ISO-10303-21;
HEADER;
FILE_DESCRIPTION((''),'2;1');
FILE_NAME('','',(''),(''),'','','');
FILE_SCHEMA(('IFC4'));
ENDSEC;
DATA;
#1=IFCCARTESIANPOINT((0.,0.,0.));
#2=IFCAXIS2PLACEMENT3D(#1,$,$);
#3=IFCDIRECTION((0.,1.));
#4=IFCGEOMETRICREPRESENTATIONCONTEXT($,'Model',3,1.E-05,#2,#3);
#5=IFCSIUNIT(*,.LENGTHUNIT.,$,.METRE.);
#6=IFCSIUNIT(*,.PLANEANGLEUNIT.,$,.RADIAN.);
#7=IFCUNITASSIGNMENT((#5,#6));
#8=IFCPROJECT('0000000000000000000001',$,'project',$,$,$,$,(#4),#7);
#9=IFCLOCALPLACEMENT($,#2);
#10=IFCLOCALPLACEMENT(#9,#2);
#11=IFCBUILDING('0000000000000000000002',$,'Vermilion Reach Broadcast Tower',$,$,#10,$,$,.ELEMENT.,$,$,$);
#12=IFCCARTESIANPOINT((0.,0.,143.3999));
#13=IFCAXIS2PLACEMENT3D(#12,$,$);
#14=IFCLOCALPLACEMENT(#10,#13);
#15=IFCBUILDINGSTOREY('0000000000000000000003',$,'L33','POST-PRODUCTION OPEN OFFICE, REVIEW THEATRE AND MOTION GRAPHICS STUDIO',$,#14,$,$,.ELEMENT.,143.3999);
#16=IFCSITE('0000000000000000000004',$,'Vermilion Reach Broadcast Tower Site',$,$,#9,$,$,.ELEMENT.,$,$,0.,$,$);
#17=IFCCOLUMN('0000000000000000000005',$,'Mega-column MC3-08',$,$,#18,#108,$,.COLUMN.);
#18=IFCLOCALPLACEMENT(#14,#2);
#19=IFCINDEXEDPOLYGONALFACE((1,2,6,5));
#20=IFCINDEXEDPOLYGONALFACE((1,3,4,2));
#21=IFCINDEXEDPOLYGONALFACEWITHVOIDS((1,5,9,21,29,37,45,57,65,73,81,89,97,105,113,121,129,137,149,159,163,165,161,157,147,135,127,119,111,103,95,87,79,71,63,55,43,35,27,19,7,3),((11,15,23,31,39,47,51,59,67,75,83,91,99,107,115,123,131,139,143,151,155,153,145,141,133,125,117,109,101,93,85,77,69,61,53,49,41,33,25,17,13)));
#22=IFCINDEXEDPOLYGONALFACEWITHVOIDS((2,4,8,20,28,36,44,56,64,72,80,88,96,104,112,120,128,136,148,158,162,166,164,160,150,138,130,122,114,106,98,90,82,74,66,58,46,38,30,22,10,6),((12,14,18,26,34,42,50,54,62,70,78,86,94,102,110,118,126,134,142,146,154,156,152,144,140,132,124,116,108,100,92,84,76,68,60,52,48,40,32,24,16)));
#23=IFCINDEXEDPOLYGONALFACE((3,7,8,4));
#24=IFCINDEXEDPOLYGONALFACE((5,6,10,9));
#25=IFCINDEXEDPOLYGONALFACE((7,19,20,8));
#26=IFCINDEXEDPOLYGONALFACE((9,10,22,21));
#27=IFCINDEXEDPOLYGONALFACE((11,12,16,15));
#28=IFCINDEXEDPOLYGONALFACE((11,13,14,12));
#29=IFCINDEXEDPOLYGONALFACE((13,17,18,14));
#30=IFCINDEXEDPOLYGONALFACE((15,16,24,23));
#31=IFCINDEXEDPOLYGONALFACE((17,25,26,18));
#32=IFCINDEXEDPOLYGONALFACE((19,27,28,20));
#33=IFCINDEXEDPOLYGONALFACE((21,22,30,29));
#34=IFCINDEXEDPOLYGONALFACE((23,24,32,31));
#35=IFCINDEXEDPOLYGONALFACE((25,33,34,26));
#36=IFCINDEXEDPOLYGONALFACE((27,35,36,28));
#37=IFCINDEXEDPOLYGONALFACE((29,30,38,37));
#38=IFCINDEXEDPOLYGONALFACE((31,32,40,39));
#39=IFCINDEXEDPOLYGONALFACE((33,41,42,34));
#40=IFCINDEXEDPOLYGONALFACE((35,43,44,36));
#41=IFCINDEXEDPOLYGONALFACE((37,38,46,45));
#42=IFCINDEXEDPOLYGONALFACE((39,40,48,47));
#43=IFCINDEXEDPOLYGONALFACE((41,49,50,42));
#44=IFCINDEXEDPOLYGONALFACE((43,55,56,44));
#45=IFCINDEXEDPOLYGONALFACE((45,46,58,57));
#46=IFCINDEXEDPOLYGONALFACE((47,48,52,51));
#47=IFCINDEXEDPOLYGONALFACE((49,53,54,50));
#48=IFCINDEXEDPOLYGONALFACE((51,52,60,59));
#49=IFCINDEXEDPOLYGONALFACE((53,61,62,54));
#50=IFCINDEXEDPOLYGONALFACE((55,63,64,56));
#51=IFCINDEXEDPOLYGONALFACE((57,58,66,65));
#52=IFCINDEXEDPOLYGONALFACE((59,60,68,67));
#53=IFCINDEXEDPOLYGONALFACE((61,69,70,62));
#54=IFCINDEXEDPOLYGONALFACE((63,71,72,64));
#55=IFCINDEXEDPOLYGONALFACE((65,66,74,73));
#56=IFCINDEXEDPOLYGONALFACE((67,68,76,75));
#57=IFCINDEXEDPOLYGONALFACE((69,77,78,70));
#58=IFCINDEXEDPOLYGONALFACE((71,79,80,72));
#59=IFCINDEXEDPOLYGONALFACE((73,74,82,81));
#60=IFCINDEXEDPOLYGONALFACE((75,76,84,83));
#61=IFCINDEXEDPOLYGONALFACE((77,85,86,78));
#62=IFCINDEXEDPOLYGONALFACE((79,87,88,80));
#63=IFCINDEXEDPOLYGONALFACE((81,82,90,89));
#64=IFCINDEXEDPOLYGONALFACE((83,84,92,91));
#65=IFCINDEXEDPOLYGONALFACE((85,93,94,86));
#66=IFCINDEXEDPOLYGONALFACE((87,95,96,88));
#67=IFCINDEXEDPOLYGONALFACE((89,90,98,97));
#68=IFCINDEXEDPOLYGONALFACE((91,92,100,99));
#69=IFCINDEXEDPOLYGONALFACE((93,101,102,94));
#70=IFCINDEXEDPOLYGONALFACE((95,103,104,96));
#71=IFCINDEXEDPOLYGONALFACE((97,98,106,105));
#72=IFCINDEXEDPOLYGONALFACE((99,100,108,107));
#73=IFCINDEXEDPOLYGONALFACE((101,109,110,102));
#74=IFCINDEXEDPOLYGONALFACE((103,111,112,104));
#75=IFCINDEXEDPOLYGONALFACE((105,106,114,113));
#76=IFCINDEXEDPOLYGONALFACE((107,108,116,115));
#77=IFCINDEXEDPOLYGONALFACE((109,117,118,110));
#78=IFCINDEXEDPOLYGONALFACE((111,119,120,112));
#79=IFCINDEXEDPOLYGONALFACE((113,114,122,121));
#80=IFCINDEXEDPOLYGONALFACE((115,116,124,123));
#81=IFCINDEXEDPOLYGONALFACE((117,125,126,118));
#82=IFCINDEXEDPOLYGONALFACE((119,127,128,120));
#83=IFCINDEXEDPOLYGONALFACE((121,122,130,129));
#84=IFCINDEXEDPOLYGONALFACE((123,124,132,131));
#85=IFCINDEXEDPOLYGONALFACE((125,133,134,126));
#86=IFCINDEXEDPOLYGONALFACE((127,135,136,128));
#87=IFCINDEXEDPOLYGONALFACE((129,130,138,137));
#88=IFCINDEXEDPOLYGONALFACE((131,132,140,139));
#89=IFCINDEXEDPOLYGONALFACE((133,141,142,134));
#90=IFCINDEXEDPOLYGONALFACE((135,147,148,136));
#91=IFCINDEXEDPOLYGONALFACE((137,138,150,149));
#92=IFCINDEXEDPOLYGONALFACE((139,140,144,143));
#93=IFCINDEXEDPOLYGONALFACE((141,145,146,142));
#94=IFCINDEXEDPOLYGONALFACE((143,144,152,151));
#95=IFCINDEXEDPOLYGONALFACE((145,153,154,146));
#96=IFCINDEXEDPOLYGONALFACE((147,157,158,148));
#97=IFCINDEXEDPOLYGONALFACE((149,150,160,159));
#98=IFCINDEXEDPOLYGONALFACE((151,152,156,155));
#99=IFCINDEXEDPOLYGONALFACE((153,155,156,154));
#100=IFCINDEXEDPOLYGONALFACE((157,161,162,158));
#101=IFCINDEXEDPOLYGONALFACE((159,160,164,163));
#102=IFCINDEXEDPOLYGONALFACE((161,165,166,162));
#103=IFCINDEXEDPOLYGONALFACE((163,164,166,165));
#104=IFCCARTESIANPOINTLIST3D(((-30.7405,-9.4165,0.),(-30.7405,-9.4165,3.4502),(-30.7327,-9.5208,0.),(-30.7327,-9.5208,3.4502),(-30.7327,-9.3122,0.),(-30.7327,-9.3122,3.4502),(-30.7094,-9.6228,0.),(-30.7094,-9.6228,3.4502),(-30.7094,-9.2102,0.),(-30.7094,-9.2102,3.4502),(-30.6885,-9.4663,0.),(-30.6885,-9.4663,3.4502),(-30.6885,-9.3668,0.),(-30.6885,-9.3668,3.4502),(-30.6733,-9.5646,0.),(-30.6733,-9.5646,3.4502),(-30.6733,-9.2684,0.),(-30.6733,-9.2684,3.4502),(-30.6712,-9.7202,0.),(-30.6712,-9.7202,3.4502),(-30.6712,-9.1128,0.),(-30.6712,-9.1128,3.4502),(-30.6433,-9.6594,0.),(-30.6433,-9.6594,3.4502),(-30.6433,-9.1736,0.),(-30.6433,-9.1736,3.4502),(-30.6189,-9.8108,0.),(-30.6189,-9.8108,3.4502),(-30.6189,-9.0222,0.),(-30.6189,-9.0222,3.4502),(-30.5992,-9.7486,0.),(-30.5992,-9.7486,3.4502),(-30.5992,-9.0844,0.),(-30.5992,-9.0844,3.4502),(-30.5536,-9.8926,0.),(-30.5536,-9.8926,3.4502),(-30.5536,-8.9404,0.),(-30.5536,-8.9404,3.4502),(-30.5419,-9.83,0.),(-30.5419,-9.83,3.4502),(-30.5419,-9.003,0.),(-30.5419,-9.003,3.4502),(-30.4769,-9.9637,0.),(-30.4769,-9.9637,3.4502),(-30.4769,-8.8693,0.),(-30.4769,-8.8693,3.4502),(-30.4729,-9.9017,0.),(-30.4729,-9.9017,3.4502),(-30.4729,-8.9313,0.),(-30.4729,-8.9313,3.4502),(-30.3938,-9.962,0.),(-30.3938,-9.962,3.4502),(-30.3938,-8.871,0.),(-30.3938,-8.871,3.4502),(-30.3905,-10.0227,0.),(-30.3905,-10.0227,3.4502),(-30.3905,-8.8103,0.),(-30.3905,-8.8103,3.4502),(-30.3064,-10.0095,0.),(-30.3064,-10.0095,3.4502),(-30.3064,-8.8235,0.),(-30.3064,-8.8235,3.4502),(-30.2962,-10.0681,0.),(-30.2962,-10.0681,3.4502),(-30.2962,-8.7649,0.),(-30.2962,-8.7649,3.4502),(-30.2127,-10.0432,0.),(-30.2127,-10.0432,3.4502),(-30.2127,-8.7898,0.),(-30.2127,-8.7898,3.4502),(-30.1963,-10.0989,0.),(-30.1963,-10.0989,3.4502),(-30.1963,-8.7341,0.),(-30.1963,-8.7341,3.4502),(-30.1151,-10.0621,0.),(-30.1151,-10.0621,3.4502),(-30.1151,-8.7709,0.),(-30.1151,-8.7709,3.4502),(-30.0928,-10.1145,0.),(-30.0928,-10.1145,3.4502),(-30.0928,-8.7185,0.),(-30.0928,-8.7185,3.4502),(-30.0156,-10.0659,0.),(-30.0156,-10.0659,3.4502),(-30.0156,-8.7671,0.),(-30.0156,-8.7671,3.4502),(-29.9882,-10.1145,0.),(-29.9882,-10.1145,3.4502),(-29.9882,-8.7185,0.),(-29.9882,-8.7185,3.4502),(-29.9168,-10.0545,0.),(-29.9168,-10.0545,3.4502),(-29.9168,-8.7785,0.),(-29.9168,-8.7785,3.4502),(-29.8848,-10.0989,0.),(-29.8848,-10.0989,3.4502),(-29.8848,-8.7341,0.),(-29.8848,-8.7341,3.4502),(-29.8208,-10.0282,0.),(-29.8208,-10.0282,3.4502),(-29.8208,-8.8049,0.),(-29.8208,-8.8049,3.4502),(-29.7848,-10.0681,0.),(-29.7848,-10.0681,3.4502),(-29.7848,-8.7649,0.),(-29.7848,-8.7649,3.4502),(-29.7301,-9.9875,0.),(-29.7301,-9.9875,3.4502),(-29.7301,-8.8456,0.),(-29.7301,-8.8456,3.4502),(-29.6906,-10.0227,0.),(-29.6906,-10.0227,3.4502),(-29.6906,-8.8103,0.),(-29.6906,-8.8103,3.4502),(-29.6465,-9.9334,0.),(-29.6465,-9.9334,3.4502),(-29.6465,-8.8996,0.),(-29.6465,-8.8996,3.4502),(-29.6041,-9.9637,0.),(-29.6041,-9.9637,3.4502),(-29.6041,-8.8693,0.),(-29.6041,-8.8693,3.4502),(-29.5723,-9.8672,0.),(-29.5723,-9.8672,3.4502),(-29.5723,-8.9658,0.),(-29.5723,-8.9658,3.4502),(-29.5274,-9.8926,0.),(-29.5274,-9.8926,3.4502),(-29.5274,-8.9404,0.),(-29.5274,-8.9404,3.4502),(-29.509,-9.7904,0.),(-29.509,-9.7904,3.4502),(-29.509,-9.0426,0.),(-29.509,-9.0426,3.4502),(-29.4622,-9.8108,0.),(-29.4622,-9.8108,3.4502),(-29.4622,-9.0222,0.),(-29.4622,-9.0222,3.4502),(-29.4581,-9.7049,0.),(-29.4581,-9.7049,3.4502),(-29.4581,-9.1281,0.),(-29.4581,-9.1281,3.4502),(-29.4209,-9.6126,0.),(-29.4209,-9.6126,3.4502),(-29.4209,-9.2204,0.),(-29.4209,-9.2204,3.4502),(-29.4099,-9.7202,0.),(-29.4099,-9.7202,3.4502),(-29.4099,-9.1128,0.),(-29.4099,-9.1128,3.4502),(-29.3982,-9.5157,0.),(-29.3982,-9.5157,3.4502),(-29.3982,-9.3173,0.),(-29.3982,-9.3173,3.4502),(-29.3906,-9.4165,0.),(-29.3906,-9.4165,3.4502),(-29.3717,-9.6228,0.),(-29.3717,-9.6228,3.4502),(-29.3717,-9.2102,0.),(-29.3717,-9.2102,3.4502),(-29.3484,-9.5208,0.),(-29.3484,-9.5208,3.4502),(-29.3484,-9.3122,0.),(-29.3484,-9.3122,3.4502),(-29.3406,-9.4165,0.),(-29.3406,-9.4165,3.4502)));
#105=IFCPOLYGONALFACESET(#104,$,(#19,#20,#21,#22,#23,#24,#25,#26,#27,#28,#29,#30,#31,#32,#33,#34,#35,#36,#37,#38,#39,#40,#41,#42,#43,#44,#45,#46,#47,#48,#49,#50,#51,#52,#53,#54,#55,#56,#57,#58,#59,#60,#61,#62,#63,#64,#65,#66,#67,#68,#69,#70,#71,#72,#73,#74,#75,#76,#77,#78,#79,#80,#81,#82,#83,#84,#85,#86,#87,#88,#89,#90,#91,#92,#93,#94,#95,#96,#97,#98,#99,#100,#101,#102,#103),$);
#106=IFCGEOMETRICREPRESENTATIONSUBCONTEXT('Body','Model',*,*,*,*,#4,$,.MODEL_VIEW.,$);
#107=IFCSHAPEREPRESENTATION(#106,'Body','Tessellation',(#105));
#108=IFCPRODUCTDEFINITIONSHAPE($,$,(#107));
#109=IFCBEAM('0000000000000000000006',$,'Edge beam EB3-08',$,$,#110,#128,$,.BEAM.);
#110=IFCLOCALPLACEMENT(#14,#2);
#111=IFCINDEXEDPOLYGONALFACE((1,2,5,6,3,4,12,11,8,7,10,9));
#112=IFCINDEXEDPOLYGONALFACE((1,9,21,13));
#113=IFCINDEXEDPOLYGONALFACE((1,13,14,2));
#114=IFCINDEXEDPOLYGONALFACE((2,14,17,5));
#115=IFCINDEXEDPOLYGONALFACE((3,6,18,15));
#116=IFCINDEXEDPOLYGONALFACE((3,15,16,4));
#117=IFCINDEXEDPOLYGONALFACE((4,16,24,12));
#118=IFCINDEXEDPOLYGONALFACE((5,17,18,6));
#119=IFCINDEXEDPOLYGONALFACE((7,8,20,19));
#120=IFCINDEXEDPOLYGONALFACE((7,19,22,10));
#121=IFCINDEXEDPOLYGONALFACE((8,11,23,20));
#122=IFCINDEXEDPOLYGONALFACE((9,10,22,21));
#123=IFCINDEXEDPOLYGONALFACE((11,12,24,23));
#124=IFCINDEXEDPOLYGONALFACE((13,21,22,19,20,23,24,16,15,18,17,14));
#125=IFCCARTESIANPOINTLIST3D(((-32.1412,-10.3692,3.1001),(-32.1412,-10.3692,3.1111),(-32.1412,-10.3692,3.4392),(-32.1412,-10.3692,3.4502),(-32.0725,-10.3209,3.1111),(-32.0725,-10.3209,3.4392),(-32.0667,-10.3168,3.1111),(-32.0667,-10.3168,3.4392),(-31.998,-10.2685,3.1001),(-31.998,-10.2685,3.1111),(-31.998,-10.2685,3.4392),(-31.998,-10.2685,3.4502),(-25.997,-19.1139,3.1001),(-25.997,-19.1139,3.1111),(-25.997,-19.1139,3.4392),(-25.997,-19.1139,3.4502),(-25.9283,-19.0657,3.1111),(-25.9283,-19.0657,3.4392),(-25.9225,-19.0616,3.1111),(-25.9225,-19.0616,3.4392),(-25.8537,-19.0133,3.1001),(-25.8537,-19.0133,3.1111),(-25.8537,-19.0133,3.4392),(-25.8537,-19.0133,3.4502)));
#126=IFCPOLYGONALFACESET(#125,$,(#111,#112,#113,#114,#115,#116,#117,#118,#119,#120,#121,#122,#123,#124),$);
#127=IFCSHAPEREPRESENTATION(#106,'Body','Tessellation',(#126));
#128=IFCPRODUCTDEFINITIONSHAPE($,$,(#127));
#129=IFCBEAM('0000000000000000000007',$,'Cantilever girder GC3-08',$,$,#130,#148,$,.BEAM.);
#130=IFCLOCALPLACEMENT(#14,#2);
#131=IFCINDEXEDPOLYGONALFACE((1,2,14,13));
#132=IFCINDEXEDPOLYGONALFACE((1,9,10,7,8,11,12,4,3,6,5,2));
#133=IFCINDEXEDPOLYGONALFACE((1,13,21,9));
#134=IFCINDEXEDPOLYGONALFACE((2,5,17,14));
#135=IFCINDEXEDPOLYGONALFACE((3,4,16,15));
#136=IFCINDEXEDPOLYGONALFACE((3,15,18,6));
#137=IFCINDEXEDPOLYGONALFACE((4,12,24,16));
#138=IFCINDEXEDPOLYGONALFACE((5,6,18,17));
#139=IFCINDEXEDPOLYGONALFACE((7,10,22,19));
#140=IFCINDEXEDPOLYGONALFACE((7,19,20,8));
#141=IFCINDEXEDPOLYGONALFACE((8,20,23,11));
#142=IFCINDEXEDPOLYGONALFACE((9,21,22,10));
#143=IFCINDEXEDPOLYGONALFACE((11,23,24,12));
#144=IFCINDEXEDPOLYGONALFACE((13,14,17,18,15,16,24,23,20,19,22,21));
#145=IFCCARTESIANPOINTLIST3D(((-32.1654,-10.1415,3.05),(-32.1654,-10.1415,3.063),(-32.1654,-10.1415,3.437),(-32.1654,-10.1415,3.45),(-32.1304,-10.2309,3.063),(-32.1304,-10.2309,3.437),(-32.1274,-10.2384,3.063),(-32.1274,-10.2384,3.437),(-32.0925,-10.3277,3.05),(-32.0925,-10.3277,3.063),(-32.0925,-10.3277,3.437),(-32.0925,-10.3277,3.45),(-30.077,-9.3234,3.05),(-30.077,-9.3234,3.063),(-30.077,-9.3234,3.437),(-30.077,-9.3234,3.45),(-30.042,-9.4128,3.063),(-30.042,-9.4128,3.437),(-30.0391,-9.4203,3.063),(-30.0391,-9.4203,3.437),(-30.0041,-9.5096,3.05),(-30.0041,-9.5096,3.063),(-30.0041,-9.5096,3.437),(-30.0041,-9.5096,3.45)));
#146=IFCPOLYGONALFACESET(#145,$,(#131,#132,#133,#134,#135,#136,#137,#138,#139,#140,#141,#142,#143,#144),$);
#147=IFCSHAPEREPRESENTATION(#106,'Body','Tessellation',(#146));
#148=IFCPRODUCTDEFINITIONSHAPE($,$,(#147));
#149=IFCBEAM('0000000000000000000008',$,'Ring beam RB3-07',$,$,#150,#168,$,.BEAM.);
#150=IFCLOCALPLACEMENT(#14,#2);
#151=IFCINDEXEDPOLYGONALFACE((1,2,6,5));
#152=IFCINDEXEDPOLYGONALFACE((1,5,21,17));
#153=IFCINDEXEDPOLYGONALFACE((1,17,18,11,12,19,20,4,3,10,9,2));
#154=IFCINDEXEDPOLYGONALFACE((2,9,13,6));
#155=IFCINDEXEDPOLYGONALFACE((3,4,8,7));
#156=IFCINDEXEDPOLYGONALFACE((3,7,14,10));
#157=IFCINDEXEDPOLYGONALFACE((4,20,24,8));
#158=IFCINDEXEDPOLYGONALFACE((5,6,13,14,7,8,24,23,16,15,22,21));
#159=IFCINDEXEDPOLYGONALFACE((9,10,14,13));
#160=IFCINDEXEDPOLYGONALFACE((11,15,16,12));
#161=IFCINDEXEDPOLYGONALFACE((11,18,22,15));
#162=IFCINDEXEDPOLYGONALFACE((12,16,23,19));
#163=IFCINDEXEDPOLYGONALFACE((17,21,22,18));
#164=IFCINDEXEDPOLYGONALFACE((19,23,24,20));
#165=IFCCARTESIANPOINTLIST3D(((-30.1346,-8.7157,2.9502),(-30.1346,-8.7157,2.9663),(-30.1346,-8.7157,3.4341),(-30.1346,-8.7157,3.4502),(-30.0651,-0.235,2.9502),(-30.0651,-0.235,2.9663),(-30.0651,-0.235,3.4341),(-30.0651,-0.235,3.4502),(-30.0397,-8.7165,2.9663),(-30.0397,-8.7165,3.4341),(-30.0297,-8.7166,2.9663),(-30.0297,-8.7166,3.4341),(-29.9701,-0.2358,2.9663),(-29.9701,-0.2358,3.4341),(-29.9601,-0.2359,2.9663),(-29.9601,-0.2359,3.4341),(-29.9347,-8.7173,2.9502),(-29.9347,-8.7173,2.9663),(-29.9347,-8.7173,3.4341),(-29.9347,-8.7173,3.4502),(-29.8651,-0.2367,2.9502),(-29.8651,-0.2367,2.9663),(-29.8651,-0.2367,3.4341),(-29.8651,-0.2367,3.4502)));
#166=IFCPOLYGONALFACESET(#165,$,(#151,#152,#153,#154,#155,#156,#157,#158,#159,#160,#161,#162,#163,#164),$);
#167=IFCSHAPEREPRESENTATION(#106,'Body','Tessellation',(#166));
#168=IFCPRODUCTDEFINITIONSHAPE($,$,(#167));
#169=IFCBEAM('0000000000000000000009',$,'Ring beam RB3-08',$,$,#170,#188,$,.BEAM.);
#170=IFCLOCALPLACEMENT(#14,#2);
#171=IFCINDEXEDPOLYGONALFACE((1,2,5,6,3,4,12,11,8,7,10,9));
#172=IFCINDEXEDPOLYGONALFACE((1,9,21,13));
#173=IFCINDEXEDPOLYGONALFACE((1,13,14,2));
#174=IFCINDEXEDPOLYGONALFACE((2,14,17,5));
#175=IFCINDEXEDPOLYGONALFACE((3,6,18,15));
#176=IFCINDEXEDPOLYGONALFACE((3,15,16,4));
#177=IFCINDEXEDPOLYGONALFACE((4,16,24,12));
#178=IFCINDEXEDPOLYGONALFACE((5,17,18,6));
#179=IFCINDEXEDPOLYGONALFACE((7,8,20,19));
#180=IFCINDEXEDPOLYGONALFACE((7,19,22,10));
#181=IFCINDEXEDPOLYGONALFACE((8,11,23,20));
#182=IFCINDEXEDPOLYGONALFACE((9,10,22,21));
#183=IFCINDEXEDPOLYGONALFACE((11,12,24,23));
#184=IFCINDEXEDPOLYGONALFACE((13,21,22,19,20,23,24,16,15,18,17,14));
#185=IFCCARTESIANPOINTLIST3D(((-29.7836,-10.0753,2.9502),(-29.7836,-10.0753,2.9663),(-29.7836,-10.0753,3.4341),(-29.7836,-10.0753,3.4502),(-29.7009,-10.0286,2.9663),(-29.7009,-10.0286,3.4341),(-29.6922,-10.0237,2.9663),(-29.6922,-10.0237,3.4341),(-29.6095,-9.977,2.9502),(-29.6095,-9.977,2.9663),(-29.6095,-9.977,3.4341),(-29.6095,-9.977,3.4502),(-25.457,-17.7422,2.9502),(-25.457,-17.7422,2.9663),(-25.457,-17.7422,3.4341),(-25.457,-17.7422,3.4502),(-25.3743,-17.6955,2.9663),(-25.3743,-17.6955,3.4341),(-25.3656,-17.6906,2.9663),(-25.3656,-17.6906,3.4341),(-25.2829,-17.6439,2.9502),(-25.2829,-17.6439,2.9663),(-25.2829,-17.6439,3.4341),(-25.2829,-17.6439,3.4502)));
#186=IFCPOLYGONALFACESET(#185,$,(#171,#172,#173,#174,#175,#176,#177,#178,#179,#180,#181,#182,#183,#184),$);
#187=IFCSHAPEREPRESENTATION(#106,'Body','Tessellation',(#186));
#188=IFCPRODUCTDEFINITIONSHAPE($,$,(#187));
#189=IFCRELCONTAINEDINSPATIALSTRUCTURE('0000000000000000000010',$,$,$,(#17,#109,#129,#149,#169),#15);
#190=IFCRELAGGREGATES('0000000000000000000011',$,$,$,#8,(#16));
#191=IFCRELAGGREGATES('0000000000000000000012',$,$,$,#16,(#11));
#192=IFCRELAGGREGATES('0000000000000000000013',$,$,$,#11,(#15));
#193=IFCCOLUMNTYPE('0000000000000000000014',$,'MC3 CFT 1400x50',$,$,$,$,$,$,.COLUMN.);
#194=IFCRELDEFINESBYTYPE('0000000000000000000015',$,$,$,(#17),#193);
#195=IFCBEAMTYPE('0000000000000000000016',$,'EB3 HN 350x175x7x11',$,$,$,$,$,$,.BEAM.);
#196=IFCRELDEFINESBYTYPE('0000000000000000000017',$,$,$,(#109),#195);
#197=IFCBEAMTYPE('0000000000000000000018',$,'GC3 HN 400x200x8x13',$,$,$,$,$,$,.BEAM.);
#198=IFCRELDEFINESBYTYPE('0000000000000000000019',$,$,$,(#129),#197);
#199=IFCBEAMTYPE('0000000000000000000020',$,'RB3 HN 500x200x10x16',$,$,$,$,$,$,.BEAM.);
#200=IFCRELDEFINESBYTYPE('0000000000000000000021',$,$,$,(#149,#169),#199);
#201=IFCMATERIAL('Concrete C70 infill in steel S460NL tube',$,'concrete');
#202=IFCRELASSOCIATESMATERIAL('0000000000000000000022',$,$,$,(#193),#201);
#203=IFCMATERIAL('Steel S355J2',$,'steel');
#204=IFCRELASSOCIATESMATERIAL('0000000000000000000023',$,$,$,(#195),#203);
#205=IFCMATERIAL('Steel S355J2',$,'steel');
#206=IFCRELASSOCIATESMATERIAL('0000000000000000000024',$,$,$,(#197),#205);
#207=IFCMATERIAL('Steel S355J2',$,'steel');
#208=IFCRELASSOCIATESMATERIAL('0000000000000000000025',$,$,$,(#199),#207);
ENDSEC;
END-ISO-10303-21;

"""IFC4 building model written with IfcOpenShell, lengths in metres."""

from ifc_helpers import new_model, si_unit, direction, frame, origin, origin_2d, place, context, subcontext, project, spatial, hollow_circle, i_section, extrude, material, material_profile, profile_set, type_object, element, save


model = new_model("IFC4")

# Units and contexts
model_context = context("Model", 3, precision=1e-05, world=origin(), true_north=direction((0.0, 1.0)))
body_context = subcontext(model_context, "Body", "Model", "MODEL_VIEW")
ifc_project = project(units=[si_unit("LENGTHUNIT", "METRE"), si_unit("PLANEANGLEUNIT", "RADIAN")], contexts=[model_context])

# Site, building, storey
site_placement = place(None, origin())
site = spatial("IfcSite", under=ifc_project, at=site_placement, Name="Vermilion Reach Broadcast Tower Site", CompositionType="ELEMENT", RefElevation=0.0)
building_placement = place(site_placement, origin())
building = spatial("IfcBuilding", under=site, at=building_placement, Name="Vermilion Reach Broadcast Tower", CompositionType="ELEMENT")
storey_placement = place(building_placement, frame((0.0, 0.0, 143.3999)))
storey = spatial("IfcBuildingStorey", under=building, at=storey_placement, Name="L33", Description="POST-PRODUCTION OPEN OFFICE, REVIEW THEATRE AND MOTION GRAPHICS STUDIO", CompositionType="ELEMENT", Elevation=143.3999)

# Column
ifc_material_1 = material(Name="Concrete C70 infill in steel S460NL tube", Category="concrete")
ifc_material_profile_1 = material_profile(ifc_material_1, hollow_circle(Radius=0.7, WallThickness=0.05, at=origin_2d()), Name="Concrete C70 infill in steel S460NL tube CFT 1400x50")
ifc_profile_set_1 = profile_set([ifc_material_profile_1], Name="Concrete C70 infill in steel S460NL tube")
column_type = type_object("IfcColumnType", Name="MC3 CFT 1400x50", PredefinedType="COLUMN", material=ifc_profile_set_1)
column_placement = place(storey_placement, frame((-30.0405, -9.4165, 0.0), z_axis=(0.0, 0.0, 1.0), x_axis=(1.0, 0.0, 0.0)))
element("IfcColumn", 1, at=column_placement, inside=storey, type_object=column_type, Name="Mega-column MC3-08", PredefinedType="COLUMN", context=body_context, shape_type="SweptSolid", body=[
    extrude(hollow_circle(Radius=0.7, WallThickness=0.05, at=origin_2d()), origin(), (0.0, 0.0, 1.0), 3.4502),
])

# Beams
ifc_material_2 = material(Name="Steel S355J2", Category="steel")
ifc_material_profile_2 = material_profile(ifc_material_2, i_section(OverallWidth=0.175, OverallDepth=0.3501, WebThickness=0.0071, FlangeThickness=0.011, at=origin_2d()), Name="S355J2 HN 350x175x7x11")
ifc_profile_set_2 = profile_set([ifc_material_profile_2], Name="Steel S355J2")
beam_type_1 = type_object("IfcBeamType", Name="EB3 HN 350x175x7x11", PredefinedType="BEAM", material=ifc_profile_set_2)
beam_1_placement = place(storey_placement, frame((-32.0696, -10.3188, 3.2751), z_axis=(0.574898, -0.818225, 0.0), x_axis=(0.818225, 0.574898, 0.0)))
element("IfcBeam", 2, at=beam_1_placement, inside=storey, type_object=beam_type_1, Name="Edge beam EB3-08", PredefinedType="BEAM", context=body_context, shape_type="SweptSolid", body=[
    extrude(i_section(OverallWidth=0.175, OverallDepth=0.3501, WebThickness=0.0071, FlangeThickness=0.011, at=origin_2d()), origin(), (0.0, 0.0, 1.0), 10.6875),
])
ifc_material_3 = material(Name="Steel S355J2", Category="steel")
ifc_material_profile_3 = material_profile(ifc_material_3, i_section(OverallWidth=0.2, OverallDepth=0.3999, WebThickness=0.0081, FlangeThickness=0.0129, at=origin_2d()), Name="S355J2 HN 400x200x8x13")
ifc_profile_set_3 = profile_set([ifc_material_profile_3], Name="Steel S355J2")
beam_type_2 = type_object("IfcBeamType", Name="GC3 HN 400x200x8x13", PredefinedType="BEAM", material=ifc_profile_set_3)
beam_2_placement = place(storey_placement, frame((-30.0405, -9.4165, 3.25), z_axis=(-0.931103, -0.364756, 0.0), x_axis=(0.364756, -0.931103, 0.0)))
element("IfcBeam", 3, at=beam_2_placement, inside=storey, type_object=beam_type_2, Name="Cantilever girder GC3-08", PredefinedType="BEAM", context=body_context, shape_type="SweptSolid", body=[
    extrude(i_section(OverallWidth=0.2, OverallDepth=0.3999, WebThickness=0.0081, FlangeThickness=0.0129, at=origin_2d()), origin(), (0.0, 0.0, 1.0), 2.2429),
])
ifc_material_4 = material(Name="Steel S355J2", Category="steel")
ifc_material_profile_4 = material_profile(ifc_material_4, i_section(OverallWidth=0.2, OverallDepth=0.5, WebThickness=0.01, FlangeThickness=0.0161, at=origin_2d()), Name="S355J2 HN 500x200x10x16")
ifc_profile_set_4 = profile_set([ifc_material_profile_4], Name="Steel S355J2")
beam_type_3 = type_object("IfcBeamType", Name="RB3 HN 500x200x10x16", PredefinedType="BEAM", material=ifc_profile_set_4)
beam_3_placement = place(storey_placement, frame((-29.9651, -0.2358, 3.2002), z_axis=(-0.008204, -0.999966, 0.0), x_axis=(0.999966, -0.008204, 0.0)))
element("IfcBeam", 4, at=beam_3_placement, inside=storey, type_object=beam_type_3, Name="Ring beam RB3-07", PredefinedType="BEAM", context=body_context, shape_type="SweptSolid", body=[
    extrude(i_section(OverallWidth=0.2, OverallDepth=0.5, WebThickness=0.01, FlangeThickness=0.0161, at=origin_2d()), origin(), (0.0, 0.0, 1.0), 8.481),
])
beam_4_placement = place(storey_placement, frame((-29.6965, -10.0261, 3.2002), z_axis=(0.491467, -0.870896, 0.0), x_axis=(0.870896, 0.491467, 0.0)))
element("IfcBeam", 5, at=beam_4_placement, inside=storey, type_object=beam_type_3, Name="Ring beam RB3-08", PredefinedType="BEAM", context=body_context, shape_type="SweptSolid", body=[
    extrude(i_section(OverallWidth=0.2, OverallDepth=0.5, WebThickness=0.01, FlangeThickness=0.0161, at=origin_2d()), origin(), (0.0, 0.0, 1.0), 8.8035),
])

save(model, "model.ifc")
